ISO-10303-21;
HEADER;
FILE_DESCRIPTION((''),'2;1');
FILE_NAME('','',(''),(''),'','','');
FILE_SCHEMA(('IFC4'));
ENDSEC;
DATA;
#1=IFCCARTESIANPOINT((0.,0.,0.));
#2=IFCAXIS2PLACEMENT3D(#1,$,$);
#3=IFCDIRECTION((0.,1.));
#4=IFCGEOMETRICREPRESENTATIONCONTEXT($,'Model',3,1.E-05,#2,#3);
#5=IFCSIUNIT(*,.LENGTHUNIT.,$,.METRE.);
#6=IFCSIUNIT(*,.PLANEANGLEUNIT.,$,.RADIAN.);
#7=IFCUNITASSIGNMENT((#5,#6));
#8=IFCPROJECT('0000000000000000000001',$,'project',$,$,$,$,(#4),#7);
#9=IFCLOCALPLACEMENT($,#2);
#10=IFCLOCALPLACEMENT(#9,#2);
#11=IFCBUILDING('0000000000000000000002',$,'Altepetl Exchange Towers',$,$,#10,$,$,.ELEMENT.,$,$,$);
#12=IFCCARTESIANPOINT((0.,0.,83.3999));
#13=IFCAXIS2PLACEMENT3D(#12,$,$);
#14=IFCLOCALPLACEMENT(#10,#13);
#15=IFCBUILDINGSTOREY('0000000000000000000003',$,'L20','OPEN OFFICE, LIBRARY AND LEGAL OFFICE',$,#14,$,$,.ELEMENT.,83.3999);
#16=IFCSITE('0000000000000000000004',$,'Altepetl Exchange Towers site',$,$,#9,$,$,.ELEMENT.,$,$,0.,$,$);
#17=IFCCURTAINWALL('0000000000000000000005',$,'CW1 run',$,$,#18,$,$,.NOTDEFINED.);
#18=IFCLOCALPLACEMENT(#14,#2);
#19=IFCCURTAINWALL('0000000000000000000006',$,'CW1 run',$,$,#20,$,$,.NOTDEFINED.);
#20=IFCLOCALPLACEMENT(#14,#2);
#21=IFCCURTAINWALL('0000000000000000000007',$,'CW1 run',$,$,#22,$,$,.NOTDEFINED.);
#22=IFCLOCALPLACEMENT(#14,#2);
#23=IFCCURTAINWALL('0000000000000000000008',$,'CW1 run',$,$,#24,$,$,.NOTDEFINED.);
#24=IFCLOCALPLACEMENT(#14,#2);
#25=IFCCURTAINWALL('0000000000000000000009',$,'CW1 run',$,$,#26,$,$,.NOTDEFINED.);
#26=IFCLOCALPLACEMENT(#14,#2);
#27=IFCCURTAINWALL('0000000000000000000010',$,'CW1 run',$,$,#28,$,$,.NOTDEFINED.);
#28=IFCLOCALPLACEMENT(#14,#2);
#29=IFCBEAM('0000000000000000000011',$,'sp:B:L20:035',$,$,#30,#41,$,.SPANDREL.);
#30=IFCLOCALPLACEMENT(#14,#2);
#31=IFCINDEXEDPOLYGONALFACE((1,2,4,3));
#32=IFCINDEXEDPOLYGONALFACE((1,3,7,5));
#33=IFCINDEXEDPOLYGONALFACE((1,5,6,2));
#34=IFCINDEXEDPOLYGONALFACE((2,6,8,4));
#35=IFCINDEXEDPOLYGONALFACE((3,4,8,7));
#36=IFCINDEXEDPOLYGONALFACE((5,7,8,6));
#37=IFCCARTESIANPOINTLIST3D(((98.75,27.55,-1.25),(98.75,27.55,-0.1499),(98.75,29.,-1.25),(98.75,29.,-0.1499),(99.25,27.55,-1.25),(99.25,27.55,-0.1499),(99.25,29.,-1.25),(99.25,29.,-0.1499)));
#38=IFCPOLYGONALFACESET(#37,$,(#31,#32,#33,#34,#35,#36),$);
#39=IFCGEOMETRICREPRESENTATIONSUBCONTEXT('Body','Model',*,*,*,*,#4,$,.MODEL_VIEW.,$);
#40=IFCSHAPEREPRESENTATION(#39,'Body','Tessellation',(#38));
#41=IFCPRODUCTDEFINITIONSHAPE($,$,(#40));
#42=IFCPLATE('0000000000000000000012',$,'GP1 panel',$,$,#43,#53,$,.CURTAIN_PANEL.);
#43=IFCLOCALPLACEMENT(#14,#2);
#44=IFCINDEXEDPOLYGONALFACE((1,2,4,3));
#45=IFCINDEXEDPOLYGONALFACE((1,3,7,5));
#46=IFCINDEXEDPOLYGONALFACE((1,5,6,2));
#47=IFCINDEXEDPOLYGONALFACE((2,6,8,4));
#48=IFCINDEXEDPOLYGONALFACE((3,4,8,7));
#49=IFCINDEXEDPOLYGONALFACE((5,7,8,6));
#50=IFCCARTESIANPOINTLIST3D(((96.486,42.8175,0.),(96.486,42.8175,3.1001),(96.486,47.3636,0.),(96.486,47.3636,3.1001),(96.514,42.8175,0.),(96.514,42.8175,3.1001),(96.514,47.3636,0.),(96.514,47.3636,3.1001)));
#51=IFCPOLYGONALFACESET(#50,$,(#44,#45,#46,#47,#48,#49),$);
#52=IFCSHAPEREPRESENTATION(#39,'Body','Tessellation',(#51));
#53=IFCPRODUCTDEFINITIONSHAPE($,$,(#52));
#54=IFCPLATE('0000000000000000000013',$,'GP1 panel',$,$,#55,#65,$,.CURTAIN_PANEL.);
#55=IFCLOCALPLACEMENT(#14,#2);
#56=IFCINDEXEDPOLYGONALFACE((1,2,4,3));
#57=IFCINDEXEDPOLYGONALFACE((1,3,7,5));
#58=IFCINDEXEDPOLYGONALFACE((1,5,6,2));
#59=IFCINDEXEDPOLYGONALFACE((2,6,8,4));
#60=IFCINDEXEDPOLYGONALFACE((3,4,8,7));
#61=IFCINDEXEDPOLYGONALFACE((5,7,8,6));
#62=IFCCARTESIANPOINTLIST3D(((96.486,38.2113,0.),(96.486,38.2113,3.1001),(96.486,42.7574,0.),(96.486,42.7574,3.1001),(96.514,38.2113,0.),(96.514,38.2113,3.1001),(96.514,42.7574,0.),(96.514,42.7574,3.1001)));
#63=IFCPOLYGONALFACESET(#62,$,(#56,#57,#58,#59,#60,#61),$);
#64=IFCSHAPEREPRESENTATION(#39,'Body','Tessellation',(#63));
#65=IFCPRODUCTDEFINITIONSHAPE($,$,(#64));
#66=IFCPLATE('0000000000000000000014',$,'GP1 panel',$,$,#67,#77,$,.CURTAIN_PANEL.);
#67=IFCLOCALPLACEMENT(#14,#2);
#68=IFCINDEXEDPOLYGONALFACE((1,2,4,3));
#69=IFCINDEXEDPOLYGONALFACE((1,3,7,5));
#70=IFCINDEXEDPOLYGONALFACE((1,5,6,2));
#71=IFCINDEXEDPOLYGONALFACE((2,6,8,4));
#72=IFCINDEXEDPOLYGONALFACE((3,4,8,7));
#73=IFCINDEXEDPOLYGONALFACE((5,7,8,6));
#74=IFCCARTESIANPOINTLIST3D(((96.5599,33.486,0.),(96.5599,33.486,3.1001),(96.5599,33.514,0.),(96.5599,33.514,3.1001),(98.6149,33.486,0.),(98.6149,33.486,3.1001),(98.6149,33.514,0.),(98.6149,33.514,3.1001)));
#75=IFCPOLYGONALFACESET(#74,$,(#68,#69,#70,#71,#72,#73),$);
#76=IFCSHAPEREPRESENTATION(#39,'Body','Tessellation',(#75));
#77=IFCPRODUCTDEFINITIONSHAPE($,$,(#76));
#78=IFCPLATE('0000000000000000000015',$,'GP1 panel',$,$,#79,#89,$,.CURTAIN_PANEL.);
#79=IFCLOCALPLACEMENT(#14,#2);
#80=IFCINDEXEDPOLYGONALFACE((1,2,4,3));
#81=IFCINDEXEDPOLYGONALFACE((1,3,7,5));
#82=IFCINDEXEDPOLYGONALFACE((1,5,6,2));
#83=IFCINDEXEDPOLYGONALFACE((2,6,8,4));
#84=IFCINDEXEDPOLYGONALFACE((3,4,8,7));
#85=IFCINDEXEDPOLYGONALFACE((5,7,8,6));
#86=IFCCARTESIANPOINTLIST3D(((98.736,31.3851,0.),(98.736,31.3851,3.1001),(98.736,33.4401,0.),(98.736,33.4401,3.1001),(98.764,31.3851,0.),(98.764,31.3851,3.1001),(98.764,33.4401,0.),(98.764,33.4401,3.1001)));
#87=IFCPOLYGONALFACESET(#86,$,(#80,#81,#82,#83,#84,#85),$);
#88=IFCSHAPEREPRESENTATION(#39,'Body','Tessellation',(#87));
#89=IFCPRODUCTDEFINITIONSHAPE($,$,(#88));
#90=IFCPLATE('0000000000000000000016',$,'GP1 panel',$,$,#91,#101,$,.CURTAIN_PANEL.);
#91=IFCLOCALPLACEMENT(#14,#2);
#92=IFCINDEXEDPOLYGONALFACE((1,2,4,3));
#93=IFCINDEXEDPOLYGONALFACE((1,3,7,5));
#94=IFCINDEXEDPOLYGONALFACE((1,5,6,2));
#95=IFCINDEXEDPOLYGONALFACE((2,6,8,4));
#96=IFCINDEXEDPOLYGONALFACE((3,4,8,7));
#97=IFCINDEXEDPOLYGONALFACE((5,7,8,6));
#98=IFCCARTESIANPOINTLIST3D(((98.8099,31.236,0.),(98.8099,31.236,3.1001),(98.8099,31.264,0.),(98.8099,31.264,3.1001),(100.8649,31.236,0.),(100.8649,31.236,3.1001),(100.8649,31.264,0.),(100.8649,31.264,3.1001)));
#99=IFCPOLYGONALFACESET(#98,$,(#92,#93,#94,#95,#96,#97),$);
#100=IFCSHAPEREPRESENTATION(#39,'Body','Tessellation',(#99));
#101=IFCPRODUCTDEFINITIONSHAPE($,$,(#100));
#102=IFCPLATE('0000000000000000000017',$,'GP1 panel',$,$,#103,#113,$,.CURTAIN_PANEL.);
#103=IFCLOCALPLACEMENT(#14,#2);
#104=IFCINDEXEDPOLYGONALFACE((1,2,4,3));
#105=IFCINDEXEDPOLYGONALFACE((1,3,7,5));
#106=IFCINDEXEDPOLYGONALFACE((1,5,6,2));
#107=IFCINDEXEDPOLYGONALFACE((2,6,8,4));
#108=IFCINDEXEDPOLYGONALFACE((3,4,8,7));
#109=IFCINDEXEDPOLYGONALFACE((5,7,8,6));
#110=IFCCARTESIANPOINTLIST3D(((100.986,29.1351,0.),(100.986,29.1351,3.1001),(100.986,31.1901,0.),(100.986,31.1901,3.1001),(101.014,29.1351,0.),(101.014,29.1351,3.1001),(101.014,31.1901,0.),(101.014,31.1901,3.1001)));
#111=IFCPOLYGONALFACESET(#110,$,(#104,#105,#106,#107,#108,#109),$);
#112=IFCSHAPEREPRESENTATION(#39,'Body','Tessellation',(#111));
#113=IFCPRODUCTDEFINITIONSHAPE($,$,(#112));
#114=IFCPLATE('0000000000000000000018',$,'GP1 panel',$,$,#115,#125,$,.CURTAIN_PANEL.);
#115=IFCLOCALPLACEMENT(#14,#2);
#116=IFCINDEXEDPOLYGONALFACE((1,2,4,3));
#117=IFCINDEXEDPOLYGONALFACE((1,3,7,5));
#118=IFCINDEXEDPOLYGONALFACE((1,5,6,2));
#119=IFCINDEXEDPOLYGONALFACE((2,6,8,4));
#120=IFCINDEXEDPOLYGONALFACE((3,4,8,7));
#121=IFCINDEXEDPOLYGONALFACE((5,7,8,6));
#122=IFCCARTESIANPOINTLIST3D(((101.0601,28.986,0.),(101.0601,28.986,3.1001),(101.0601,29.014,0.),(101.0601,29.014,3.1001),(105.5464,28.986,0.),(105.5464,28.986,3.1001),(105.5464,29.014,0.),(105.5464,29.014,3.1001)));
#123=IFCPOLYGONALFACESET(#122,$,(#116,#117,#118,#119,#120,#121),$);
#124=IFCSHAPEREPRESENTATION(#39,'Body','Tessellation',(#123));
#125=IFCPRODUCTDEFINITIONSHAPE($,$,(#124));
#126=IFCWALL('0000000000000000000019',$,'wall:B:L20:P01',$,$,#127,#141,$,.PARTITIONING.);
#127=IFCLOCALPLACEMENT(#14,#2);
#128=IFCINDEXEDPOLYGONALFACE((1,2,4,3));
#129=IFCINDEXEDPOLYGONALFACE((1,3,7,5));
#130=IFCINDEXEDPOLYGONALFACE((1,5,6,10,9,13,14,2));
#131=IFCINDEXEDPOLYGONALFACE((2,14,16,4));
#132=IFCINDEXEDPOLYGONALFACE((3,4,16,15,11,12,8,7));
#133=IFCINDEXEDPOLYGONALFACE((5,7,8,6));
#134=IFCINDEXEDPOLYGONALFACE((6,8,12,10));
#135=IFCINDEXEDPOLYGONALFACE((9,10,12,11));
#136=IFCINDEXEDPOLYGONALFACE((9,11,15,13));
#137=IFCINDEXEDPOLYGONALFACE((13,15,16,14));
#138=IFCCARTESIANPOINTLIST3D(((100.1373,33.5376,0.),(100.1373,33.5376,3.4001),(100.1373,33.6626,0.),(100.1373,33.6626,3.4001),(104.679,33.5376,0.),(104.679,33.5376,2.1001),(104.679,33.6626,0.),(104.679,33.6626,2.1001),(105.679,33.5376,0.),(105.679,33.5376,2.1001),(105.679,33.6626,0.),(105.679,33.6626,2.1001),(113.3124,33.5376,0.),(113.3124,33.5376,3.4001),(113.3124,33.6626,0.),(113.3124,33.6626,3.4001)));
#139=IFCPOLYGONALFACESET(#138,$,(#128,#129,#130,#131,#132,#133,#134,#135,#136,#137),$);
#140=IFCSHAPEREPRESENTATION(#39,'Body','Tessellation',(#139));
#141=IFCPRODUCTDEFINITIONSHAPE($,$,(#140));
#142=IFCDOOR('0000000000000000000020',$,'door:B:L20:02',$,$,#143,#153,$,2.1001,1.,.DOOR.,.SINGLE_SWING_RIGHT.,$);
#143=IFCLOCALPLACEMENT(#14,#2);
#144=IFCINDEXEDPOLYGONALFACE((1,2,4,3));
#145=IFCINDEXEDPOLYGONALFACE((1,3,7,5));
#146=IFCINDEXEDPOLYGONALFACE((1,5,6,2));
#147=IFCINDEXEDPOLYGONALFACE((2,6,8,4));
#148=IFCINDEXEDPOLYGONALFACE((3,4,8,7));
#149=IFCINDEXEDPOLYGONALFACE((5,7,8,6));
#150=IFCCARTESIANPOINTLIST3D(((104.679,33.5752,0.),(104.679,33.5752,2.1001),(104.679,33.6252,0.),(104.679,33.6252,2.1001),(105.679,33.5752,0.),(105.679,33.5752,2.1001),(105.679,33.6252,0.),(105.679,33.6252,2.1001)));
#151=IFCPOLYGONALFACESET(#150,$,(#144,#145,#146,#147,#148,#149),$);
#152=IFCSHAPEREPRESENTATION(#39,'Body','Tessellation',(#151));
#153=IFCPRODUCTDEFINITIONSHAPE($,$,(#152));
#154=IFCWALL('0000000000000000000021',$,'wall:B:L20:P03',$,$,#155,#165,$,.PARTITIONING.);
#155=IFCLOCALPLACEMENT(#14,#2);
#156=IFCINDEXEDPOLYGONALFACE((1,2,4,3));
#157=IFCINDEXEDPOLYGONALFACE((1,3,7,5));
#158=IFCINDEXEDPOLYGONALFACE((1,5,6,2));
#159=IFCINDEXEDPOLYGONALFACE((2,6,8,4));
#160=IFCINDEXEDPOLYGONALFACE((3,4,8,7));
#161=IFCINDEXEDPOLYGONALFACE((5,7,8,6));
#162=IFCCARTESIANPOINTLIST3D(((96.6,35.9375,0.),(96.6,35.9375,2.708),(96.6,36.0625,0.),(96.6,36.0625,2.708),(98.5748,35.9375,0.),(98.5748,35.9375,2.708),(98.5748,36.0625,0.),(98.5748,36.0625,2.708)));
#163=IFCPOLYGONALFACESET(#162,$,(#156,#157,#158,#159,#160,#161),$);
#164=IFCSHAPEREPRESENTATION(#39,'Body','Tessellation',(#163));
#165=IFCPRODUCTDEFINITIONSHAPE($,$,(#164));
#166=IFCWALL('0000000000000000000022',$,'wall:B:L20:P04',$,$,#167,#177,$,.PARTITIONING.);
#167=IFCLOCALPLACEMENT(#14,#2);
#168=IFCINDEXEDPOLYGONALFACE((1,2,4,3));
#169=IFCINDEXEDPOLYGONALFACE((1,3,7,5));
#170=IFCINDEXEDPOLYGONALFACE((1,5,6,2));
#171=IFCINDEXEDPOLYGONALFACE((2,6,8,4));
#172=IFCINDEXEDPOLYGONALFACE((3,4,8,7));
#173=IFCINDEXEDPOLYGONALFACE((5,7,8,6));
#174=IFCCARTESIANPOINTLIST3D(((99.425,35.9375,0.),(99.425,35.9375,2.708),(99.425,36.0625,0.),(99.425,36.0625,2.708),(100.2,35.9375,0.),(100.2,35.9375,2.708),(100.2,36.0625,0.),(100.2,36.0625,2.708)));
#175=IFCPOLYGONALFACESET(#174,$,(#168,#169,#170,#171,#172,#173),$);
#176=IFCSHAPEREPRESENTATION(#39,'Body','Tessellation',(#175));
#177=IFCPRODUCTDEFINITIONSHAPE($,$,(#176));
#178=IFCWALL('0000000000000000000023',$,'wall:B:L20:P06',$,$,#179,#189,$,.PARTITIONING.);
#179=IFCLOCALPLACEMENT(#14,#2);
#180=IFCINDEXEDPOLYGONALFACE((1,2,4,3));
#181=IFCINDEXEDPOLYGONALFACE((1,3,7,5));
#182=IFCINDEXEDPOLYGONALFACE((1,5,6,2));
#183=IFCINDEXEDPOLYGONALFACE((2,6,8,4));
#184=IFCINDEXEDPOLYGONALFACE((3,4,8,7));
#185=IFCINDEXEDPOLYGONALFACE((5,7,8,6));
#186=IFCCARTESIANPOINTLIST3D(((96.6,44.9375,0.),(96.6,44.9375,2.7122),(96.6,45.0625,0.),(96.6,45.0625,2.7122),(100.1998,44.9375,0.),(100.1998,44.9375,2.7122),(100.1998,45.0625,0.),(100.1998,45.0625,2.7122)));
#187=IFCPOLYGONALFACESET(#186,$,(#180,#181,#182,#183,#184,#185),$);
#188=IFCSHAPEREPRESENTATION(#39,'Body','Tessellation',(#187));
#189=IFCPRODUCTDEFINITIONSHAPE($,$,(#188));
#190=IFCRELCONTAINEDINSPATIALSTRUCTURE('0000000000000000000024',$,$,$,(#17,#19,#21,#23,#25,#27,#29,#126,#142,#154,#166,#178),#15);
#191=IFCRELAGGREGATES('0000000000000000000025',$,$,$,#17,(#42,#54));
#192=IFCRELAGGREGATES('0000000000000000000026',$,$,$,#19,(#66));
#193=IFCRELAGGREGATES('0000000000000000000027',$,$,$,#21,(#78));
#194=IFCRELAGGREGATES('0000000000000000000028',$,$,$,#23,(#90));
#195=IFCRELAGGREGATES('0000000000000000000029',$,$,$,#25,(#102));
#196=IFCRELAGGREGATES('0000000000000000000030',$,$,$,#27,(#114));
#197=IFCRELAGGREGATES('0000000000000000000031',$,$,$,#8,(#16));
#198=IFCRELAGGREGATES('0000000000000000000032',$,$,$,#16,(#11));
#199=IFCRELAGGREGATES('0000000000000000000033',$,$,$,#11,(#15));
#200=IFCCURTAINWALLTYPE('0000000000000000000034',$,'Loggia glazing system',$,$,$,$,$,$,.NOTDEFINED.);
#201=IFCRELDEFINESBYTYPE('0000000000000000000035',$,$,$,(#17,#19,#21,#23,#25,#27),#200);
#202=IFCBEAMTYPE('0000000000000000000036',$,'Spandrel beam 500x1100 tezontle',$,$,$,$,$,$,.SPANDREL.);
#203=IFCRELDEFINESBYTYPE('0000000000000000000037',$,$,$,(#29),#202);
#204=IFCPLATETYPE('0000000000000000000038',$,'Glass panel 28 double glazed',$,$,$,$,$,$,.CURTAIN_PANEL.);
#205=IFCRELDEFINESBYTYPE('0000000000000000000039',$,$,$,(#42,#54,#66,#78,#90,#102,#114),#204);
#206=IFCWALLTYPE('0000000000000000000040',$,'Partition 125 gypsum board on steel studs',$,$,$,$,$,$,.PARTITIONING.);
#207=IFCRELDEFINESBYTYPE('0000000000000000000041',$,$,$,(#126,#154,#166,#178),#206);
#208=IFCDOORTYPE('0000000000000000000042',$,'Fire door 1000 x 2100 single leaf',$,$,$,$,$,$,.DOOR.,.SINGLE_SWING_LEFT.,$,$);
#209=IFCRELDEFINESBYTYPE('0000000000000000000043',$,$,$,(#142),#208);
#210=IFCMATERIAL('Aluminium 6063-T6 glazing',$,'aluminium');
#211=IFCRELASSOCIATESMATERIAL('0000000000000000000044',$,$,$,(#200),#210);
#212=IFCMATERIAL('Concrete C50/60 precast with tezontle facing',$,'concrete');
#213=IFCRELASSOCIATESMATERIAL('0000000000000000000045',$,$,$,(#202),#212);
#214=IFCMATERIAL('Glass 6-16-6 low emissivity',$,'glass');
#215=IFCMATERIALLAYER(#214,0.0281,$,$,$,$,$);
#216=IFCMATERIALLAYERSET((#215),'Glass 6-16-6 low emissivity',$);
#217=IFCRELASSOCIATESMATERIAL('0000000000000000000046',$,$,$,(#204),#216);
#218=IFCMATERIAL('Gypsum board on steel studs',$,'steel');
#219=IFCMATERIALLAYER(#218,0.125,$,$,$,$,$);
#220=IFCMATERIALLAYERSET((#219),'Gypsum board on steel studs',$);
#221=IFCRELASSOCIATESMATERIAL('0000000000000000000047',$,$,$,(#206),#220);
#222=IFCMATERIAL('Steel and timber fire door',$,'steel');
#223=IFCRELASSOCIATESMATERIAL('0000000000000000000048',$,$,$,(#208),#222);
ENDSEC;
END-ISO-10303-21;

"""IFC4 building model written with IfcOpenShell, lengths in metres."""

from ifc_helpers import new_model, si_unit, direction, frame, frame_2d, origin, origin_2d, place, context, subcontext, project, spatial, rectangle, extrude, material, layer, layer_set, material_profile, profile_set, type_object, element, fill, aggregate, save


model = new_model("IFC4")

# Units and contexts
model_context = context("Model", 3, precision=1e-05, world=origin(), true_north=direction((0.0, 1.0)))
body_context = subcontext(model_context, "Body", "Model", "MODEL_VIEW")
ifc_project = project(units=[si_unit("LENGTHUNIT", "METRE"), si_unit("PLANEANGLEUNIT", "RADIAN")], contexts=[model_context])

# Site, building, storey
site_placement = place(None, origin())
site = spatial("IfcSite", under=ifc_project, at=site_placement, Name="Altepetl Exchange Towers site", CompositionType="ELEMENT", RefElevation=0.0)
building_placement = place(site_placement, origin())
building = spatial("IfcBuilding", under=site, at=building_placement, Name="Altepetl Exchange Towers", CompositionType="ELEMENT")
storey_placement = place(building_placement, frame((0.0, 0.0, 83.3999)))
storey = spatial("IfcBuildingStorey", under=building, at=storey_placement, Name="L20", Description="OPEN OFFICE, LIBRARY AND LEGAL OFFICE", CompositionType="ELEMENT", Elevation=83.3999)

# Curtain walls
ifc_material_1 = material(Name="Aluminium 6063-T6 glazing", Category="aluminium")
curtain_wall_type = type_object("IfcCurtainWallType", Name="Loggia glazing system", PredefinedType="NOTDEFINED", material=ifc_material_1)
curtain_wall_1_placement = place(storey_placement, origin())
curtain_wall_1 = element("IfcCurtainWall", 1, at=curtain_wall_1_placement, inside=storey, type_object=curtain_wall_type, Name="CW1 run", PredefinedType="NOTDEFINED")
curtain_wall_2_placement = place(storey_placement, origin())
curtain_wall_2 = element("IfcCurtainWall", 2, at=curtain_wall_2_placement, inside=storey, type_object=curtain_wall_type, Name="CW1 run", PredefinedType="NOTDEFINED")
curtain_wall_3_placement = place(storey_placement, origin())
curtain_wall_3 = element("IfcCurtainWall", 3, at=curtain_wall_3_placement, inside=storey, type_object=curtain_wall_type, Name="CW1 run", PredefinedType="NOTDEFINED")
curtain_wall_4_placement = place(storey_placement, origin())
curtain_wall_4 = element("IfcCurtainWall", 4, at=curtain_wall_4_placement, inside=storey, type_object=curtain_wall_type, Name="CW1 run", PredefinedType="NOTDEFINED")
curtain_wall_5_placement = place(storey_placement, origin())
curtain_wall_5 = element("IfcCurtainWall", 5, at=curtain_wall_5_placement, inside=storey, type_object=curtain_wall_type, Name="CW1 run", PredefinedType="NOTDEFINED")

# Curtain wall
curtain_wall_6_placement = place(storey_placement, origin())
curtain_wall_6 = element("IfcCurtainWall", 6, at=curtain_wall_6_placement, inside=storey, type_object=curtain_wall_type, Name="CW1 run", PredefinedType="NOTDEFINED")

# Beam
ifc_material_2 = material(Name="Concrete C50/60 precast with tezontle facing", Category="concrete")
ifc_material_profile_1 = material_profile(ifc_material_2, rectangle(XDim=0.5, YDim=1.1001, at=origin_2d()), Name="500 x 1100")
ifc_profile_set_1 = profile_set([ifc_material_profile_1], Name="Concrete C50/60 precast with tezontle facing")
beam_type_1 = type_object("IfcBeamType", Name="Spandrel beam 500x1100 tezontle", PredefinedType="SPANDREL", material=ifc_profile_set_1)
beam_1_placement = place(storey_placement, frame((99.0, 29.0, -0.7), z_axis=(0.0, -1.0, 0.0), x_axis=(1.0, 0.0, 0.0)))
element("IfcBeam", 7, at=beam_1_placement, inside=storey, type_object=beam_type_1, Name="sp:B:L20:035", PredefinedType="SPANDREL", context=body_context, shape_type="SweptSolid", body=[
    extrude(rectangle(XDim=0.5, YDim=1.1001, at=origin_2d()), origin(), (0.0, 0.0, 1.0), 1.45),
])

# Plates
ifc_material_3 = material(Name="Glass 6-16-6 low emissivity", Category="glass")
ifc_layer_1 = layer(ifc_material_3, 0.0281)
ifc_layer_set_1 = layer_set([ifc_layer_1], Name="Glass 6-16-6 low emissivity")
plate_type = type_object("IfcPlateType", Name="Glass panel 28 double glazed", PredefinedType="CURTAIN_PANEL", material=ifc_layer_set_1)
plate_1_placement = place(storey_placement, frame((96.5, 45.0906, 0.0), z_axis=(0.0, 0.0, 1.0), x_axis=(0.0, -1.0, 0.0)))
plate_1 = element("IfcPlate", 8, at=plate_1_placement, type_object=plate_type, Name="GP1 panel", PredefinedType="CURTAIN_PANEL", context=body_context, shape_type="SweptSolid", body=[
    extrude(rectangle(XDim=4.5461, YDim=0.0281, at=origin_2d()), origin(), (0.0, 0.0, 1.0), 3.1001),
])
plate_2_placement = place(storey_placement, frame((96.5, 40.4844, 0.0), z_axis=(0.0, 0.0, 1.0), x_axis=(0.0, -1.0, 0.0)))
plate_2 = element("IfcPlate", 9, at=plate_2_placement, type_object=plate_type, Name="GP1 panel", PredefinedType="CURTAIN_PANEL", context=body_context, shape_type="SweptSolid", body=[
    extrude(rectangle(XDim=4.5461, YDim=0.0281, at=origin_2d()), origin(), (0.0, 0.0, 1.0), 3.1001),
])
aggregate(curtain_wall_1, [plate_1, plate_2])
plate_3_placement = place(storey_placement, frame((97.5874, 33.5, 0.0)))
plate_3 = element("IfcPlate", 10, at=plate_3_placement, type_object=plate_type, Name="GP1 panel", PredefinedType="CURTAIN_PANEL", context=body_context, shape_type="SweptSolid", body=[
    extrude(rectangle(XDim=2.0549, YDim=0.0281, at=origin_2d()), origin(), (0.0, 0.0, 1.0), 3.1001),
])
aggregate(curtain_wall_2, [plate_3])
plate_4_placement = place(storey_placement, frame((98.75, 32.4126, 0.0), z_axis=(0.0, 0.0, 1.0), x_axis=(0.0, -1.0, 0.0)))
plate_4 = element("IfcPlate", 11, at=plate_4_placement, type_object=plate_type, Name="GP1 panel", PredefinedType="CURTAIN_PANEL", context=body_context, shape_type="SweptSolid", body=[
    extrude(rectangle(XDim=2.0549, YDim=0.0281, at=origin_2d()), origin(), (0.0, 0.0, 1.0), 3.1001),
])
aggregate(curtain_wall_3, [plate_4])
plate_5_placement = place(storey_placement, frame((99.8374, 31.25, 0.0)))
plate_5 = element("IfcPlate", 12, at=plate_5_placement, type_object=plate_type, Name="GP1 panel", PredefinedType="CURTAIN_PANEL", context=body_context, shape_type="SweptSolid", body=[
    extrude(rectangle(XDim=2.0549, YDim=0.0281, at=origin_2d()), origin(), (0.0, 0.0, 1.0), 3.1001),
])
aggregate(curtain_wall_4, [plate_5])
plate_6_placement = place(storey_placement, frame((101.0, 30.1626, 0.0), z_axis=(0.0, 0.0, 1.0), x_axis=(0.0, -1.0, 0.0)))
plate_6 = element("IfcPlate", 13, at=plate_6_placement, type_object=plate_type, Name="GP1 panel", PredefinedType="CURTAIN_PANEL", context=body_context, shape_type="SweptSolid", body=[
    extrude(rectangle(XDim=2.0549, YDim=0.0281, at=origin_2d()), origin(), (0.0, 0.0, 1.0), 3.1001),
])
aggregate(curtain_wall_5, [plate_6])
plate_7_placement = place(storey_placement, frame((103.3032, 29.0, 0.0)))
plate_7 = element("IfcPlate", 14, at=plate_7_placement, type_object=plate_type, Name="GP1 panel", PredefinedType="CURTAIN_PANEL", context=body_context, shape_type="SweptSolid", body=[
    extrude(rectangle(XDim=4.4863, YDim=0.0281, at=origin_2d()), origin(), (0.0, 0.0, 1.0), 3.1001),
])
aggregate(curtain_wall_6, [plate_7])

# Wall, opening, door
ifc_material_4 = material(Name="Gypsum board on steel studs", Category="steel")
ifc_layer_2 = layer(ifc_material_4, 0.125)
ifc_layer_set_2 = layer_set([ifc_layer_2], Name="Gypsum board on steel studs")
wall_type = type_object("IfcWallType", Name="Partition 125 gypsum board on steel studs", PredefinedType="PARTITIONING", material=ifc_layer_set_2)
wall_1_placement = place(storey_placement, frame((100.1375, 33.6001, 0.0)))
wall_1 = element("IfcWall", 15, at=wall_1_placement, inside=storey, type_object=wall_type, Name="wall:B:L20:P01", PredefinedType="PARTITIONING", context=body_context, shape_type="SweptSolid", body=[
    extrude(rectangle(XDim=13.175, YDim=0.125, at=frame_2d((6.5874, 0.0))), origin(), (0.0, 0.0, 1.0), 3.4001),
])
opening_1_placement = place(wall_1_placement, frame((4.5415, 0.0, 0.0)))
opening_1 = element("IfcOpeningElement", 16, at=opening_1_placement, cuts=wall_1, PredefinedType="OPENING", context=body_context, shape_type="SweptSolid", body=[
    extrude(rectangle(XDim=1.0, YDim=2.1001, at=frame_2d((0.5, 1.05))), frame((0.0, 0.0725, 0.0), z_axis=(0.0, -1.0, 0.0), x_axis=(1.0, 0.0, 0.0)), (0.0, 0.0, 1.0), 0.145),
])
ifc_material_5 = material(Name="Steel and timber fire door", Category="steel")
door_type = type_object("IfcDoorType", Name="Fire door 1000 x 2100 single leaf", OperationType="SINGLE_SWING_LEFT", PredefinedType="DOOR", material=ifc_material_5)
door_1_placement = place(opening_1_placement, frame((1.0, 0.0, 0.0), x_axis=(-1.0, 0.0, 0.0)))
door_1 = element("IfcDoor", 17, at=door_1_placement, inside=storey, type_object=door_type, Name="door:B:L20:02", OperationType="SINGLE_SWING_RIGHT", OverallHeight=2.1001, OverallWidth=1.0, PredefinedType="DOOR", context=body_context, shape_type="SweptSolid", body=[
    extrude(rectangle(XDim=1.0, YDim=2.1001, at=frame_2d((0.5, 1.05))), frame((0.0, 0.0249, 0.0), z_axis=(0.0, -1.0, 0.0), x_axis=(1.0, 0.0, 0.0)), (0.0, 0.0, 1.0), 0.05),
])
fill(opening_1, door_1)

# Walls
wall_2_placement = place(storey_placement, frame((96.6001, 36.0, 0.0)))
element("IfcWall", 18, at=wall_2_placement, inside=storey, type_object=wall_type, Name="wall:B:L20:P03", PredefinedType="PARTITIONING", context=body_context, shape_type="SweptSolid", body=[
    extrude(rectangle(XDim=1.9749, YDim=0.125, at=frame_2d((0.9873, 0.0))), origin(), (0.0, 0.0, 1.0), 2.708),
])
wall_3_placement = place(storey_placement, frame((99.425, 36.0, 0.0)))
element("IfcWall", 19, at=wall_3_placement, inside=storey, type_object=wall_type, Name="wall:B:L20:P04", PredefinedType="PARTITIONING", context=body_context, shape_type="SweptSolid", body=[
    extrude(rectangle(XDim=0.7749, YDim=0.125, at=frame_2d((0.3875, 0.0))), origin(), (0.0, 0.0, 1.0), 2.708),
])
wall_4_placement = place(storey_placement, frame((96.6001, 45.0, 0.0)))
element("IfcWall", 20, at=wall_4_placement, inside=storey, type_object=wall_type, Name="wall:B:L20:P06", PredefinedType="PARTITIONING", context=body_context, shape_type="SweptSolid", body=[
    extrude(rectangle(XDim=3.5999, YDim=0.125, at=frame_2d((1.7998, 0.0))), origin(), (0.0, 0.0, 1.0), 2.7122),
])

save(model, "model.ifc")
